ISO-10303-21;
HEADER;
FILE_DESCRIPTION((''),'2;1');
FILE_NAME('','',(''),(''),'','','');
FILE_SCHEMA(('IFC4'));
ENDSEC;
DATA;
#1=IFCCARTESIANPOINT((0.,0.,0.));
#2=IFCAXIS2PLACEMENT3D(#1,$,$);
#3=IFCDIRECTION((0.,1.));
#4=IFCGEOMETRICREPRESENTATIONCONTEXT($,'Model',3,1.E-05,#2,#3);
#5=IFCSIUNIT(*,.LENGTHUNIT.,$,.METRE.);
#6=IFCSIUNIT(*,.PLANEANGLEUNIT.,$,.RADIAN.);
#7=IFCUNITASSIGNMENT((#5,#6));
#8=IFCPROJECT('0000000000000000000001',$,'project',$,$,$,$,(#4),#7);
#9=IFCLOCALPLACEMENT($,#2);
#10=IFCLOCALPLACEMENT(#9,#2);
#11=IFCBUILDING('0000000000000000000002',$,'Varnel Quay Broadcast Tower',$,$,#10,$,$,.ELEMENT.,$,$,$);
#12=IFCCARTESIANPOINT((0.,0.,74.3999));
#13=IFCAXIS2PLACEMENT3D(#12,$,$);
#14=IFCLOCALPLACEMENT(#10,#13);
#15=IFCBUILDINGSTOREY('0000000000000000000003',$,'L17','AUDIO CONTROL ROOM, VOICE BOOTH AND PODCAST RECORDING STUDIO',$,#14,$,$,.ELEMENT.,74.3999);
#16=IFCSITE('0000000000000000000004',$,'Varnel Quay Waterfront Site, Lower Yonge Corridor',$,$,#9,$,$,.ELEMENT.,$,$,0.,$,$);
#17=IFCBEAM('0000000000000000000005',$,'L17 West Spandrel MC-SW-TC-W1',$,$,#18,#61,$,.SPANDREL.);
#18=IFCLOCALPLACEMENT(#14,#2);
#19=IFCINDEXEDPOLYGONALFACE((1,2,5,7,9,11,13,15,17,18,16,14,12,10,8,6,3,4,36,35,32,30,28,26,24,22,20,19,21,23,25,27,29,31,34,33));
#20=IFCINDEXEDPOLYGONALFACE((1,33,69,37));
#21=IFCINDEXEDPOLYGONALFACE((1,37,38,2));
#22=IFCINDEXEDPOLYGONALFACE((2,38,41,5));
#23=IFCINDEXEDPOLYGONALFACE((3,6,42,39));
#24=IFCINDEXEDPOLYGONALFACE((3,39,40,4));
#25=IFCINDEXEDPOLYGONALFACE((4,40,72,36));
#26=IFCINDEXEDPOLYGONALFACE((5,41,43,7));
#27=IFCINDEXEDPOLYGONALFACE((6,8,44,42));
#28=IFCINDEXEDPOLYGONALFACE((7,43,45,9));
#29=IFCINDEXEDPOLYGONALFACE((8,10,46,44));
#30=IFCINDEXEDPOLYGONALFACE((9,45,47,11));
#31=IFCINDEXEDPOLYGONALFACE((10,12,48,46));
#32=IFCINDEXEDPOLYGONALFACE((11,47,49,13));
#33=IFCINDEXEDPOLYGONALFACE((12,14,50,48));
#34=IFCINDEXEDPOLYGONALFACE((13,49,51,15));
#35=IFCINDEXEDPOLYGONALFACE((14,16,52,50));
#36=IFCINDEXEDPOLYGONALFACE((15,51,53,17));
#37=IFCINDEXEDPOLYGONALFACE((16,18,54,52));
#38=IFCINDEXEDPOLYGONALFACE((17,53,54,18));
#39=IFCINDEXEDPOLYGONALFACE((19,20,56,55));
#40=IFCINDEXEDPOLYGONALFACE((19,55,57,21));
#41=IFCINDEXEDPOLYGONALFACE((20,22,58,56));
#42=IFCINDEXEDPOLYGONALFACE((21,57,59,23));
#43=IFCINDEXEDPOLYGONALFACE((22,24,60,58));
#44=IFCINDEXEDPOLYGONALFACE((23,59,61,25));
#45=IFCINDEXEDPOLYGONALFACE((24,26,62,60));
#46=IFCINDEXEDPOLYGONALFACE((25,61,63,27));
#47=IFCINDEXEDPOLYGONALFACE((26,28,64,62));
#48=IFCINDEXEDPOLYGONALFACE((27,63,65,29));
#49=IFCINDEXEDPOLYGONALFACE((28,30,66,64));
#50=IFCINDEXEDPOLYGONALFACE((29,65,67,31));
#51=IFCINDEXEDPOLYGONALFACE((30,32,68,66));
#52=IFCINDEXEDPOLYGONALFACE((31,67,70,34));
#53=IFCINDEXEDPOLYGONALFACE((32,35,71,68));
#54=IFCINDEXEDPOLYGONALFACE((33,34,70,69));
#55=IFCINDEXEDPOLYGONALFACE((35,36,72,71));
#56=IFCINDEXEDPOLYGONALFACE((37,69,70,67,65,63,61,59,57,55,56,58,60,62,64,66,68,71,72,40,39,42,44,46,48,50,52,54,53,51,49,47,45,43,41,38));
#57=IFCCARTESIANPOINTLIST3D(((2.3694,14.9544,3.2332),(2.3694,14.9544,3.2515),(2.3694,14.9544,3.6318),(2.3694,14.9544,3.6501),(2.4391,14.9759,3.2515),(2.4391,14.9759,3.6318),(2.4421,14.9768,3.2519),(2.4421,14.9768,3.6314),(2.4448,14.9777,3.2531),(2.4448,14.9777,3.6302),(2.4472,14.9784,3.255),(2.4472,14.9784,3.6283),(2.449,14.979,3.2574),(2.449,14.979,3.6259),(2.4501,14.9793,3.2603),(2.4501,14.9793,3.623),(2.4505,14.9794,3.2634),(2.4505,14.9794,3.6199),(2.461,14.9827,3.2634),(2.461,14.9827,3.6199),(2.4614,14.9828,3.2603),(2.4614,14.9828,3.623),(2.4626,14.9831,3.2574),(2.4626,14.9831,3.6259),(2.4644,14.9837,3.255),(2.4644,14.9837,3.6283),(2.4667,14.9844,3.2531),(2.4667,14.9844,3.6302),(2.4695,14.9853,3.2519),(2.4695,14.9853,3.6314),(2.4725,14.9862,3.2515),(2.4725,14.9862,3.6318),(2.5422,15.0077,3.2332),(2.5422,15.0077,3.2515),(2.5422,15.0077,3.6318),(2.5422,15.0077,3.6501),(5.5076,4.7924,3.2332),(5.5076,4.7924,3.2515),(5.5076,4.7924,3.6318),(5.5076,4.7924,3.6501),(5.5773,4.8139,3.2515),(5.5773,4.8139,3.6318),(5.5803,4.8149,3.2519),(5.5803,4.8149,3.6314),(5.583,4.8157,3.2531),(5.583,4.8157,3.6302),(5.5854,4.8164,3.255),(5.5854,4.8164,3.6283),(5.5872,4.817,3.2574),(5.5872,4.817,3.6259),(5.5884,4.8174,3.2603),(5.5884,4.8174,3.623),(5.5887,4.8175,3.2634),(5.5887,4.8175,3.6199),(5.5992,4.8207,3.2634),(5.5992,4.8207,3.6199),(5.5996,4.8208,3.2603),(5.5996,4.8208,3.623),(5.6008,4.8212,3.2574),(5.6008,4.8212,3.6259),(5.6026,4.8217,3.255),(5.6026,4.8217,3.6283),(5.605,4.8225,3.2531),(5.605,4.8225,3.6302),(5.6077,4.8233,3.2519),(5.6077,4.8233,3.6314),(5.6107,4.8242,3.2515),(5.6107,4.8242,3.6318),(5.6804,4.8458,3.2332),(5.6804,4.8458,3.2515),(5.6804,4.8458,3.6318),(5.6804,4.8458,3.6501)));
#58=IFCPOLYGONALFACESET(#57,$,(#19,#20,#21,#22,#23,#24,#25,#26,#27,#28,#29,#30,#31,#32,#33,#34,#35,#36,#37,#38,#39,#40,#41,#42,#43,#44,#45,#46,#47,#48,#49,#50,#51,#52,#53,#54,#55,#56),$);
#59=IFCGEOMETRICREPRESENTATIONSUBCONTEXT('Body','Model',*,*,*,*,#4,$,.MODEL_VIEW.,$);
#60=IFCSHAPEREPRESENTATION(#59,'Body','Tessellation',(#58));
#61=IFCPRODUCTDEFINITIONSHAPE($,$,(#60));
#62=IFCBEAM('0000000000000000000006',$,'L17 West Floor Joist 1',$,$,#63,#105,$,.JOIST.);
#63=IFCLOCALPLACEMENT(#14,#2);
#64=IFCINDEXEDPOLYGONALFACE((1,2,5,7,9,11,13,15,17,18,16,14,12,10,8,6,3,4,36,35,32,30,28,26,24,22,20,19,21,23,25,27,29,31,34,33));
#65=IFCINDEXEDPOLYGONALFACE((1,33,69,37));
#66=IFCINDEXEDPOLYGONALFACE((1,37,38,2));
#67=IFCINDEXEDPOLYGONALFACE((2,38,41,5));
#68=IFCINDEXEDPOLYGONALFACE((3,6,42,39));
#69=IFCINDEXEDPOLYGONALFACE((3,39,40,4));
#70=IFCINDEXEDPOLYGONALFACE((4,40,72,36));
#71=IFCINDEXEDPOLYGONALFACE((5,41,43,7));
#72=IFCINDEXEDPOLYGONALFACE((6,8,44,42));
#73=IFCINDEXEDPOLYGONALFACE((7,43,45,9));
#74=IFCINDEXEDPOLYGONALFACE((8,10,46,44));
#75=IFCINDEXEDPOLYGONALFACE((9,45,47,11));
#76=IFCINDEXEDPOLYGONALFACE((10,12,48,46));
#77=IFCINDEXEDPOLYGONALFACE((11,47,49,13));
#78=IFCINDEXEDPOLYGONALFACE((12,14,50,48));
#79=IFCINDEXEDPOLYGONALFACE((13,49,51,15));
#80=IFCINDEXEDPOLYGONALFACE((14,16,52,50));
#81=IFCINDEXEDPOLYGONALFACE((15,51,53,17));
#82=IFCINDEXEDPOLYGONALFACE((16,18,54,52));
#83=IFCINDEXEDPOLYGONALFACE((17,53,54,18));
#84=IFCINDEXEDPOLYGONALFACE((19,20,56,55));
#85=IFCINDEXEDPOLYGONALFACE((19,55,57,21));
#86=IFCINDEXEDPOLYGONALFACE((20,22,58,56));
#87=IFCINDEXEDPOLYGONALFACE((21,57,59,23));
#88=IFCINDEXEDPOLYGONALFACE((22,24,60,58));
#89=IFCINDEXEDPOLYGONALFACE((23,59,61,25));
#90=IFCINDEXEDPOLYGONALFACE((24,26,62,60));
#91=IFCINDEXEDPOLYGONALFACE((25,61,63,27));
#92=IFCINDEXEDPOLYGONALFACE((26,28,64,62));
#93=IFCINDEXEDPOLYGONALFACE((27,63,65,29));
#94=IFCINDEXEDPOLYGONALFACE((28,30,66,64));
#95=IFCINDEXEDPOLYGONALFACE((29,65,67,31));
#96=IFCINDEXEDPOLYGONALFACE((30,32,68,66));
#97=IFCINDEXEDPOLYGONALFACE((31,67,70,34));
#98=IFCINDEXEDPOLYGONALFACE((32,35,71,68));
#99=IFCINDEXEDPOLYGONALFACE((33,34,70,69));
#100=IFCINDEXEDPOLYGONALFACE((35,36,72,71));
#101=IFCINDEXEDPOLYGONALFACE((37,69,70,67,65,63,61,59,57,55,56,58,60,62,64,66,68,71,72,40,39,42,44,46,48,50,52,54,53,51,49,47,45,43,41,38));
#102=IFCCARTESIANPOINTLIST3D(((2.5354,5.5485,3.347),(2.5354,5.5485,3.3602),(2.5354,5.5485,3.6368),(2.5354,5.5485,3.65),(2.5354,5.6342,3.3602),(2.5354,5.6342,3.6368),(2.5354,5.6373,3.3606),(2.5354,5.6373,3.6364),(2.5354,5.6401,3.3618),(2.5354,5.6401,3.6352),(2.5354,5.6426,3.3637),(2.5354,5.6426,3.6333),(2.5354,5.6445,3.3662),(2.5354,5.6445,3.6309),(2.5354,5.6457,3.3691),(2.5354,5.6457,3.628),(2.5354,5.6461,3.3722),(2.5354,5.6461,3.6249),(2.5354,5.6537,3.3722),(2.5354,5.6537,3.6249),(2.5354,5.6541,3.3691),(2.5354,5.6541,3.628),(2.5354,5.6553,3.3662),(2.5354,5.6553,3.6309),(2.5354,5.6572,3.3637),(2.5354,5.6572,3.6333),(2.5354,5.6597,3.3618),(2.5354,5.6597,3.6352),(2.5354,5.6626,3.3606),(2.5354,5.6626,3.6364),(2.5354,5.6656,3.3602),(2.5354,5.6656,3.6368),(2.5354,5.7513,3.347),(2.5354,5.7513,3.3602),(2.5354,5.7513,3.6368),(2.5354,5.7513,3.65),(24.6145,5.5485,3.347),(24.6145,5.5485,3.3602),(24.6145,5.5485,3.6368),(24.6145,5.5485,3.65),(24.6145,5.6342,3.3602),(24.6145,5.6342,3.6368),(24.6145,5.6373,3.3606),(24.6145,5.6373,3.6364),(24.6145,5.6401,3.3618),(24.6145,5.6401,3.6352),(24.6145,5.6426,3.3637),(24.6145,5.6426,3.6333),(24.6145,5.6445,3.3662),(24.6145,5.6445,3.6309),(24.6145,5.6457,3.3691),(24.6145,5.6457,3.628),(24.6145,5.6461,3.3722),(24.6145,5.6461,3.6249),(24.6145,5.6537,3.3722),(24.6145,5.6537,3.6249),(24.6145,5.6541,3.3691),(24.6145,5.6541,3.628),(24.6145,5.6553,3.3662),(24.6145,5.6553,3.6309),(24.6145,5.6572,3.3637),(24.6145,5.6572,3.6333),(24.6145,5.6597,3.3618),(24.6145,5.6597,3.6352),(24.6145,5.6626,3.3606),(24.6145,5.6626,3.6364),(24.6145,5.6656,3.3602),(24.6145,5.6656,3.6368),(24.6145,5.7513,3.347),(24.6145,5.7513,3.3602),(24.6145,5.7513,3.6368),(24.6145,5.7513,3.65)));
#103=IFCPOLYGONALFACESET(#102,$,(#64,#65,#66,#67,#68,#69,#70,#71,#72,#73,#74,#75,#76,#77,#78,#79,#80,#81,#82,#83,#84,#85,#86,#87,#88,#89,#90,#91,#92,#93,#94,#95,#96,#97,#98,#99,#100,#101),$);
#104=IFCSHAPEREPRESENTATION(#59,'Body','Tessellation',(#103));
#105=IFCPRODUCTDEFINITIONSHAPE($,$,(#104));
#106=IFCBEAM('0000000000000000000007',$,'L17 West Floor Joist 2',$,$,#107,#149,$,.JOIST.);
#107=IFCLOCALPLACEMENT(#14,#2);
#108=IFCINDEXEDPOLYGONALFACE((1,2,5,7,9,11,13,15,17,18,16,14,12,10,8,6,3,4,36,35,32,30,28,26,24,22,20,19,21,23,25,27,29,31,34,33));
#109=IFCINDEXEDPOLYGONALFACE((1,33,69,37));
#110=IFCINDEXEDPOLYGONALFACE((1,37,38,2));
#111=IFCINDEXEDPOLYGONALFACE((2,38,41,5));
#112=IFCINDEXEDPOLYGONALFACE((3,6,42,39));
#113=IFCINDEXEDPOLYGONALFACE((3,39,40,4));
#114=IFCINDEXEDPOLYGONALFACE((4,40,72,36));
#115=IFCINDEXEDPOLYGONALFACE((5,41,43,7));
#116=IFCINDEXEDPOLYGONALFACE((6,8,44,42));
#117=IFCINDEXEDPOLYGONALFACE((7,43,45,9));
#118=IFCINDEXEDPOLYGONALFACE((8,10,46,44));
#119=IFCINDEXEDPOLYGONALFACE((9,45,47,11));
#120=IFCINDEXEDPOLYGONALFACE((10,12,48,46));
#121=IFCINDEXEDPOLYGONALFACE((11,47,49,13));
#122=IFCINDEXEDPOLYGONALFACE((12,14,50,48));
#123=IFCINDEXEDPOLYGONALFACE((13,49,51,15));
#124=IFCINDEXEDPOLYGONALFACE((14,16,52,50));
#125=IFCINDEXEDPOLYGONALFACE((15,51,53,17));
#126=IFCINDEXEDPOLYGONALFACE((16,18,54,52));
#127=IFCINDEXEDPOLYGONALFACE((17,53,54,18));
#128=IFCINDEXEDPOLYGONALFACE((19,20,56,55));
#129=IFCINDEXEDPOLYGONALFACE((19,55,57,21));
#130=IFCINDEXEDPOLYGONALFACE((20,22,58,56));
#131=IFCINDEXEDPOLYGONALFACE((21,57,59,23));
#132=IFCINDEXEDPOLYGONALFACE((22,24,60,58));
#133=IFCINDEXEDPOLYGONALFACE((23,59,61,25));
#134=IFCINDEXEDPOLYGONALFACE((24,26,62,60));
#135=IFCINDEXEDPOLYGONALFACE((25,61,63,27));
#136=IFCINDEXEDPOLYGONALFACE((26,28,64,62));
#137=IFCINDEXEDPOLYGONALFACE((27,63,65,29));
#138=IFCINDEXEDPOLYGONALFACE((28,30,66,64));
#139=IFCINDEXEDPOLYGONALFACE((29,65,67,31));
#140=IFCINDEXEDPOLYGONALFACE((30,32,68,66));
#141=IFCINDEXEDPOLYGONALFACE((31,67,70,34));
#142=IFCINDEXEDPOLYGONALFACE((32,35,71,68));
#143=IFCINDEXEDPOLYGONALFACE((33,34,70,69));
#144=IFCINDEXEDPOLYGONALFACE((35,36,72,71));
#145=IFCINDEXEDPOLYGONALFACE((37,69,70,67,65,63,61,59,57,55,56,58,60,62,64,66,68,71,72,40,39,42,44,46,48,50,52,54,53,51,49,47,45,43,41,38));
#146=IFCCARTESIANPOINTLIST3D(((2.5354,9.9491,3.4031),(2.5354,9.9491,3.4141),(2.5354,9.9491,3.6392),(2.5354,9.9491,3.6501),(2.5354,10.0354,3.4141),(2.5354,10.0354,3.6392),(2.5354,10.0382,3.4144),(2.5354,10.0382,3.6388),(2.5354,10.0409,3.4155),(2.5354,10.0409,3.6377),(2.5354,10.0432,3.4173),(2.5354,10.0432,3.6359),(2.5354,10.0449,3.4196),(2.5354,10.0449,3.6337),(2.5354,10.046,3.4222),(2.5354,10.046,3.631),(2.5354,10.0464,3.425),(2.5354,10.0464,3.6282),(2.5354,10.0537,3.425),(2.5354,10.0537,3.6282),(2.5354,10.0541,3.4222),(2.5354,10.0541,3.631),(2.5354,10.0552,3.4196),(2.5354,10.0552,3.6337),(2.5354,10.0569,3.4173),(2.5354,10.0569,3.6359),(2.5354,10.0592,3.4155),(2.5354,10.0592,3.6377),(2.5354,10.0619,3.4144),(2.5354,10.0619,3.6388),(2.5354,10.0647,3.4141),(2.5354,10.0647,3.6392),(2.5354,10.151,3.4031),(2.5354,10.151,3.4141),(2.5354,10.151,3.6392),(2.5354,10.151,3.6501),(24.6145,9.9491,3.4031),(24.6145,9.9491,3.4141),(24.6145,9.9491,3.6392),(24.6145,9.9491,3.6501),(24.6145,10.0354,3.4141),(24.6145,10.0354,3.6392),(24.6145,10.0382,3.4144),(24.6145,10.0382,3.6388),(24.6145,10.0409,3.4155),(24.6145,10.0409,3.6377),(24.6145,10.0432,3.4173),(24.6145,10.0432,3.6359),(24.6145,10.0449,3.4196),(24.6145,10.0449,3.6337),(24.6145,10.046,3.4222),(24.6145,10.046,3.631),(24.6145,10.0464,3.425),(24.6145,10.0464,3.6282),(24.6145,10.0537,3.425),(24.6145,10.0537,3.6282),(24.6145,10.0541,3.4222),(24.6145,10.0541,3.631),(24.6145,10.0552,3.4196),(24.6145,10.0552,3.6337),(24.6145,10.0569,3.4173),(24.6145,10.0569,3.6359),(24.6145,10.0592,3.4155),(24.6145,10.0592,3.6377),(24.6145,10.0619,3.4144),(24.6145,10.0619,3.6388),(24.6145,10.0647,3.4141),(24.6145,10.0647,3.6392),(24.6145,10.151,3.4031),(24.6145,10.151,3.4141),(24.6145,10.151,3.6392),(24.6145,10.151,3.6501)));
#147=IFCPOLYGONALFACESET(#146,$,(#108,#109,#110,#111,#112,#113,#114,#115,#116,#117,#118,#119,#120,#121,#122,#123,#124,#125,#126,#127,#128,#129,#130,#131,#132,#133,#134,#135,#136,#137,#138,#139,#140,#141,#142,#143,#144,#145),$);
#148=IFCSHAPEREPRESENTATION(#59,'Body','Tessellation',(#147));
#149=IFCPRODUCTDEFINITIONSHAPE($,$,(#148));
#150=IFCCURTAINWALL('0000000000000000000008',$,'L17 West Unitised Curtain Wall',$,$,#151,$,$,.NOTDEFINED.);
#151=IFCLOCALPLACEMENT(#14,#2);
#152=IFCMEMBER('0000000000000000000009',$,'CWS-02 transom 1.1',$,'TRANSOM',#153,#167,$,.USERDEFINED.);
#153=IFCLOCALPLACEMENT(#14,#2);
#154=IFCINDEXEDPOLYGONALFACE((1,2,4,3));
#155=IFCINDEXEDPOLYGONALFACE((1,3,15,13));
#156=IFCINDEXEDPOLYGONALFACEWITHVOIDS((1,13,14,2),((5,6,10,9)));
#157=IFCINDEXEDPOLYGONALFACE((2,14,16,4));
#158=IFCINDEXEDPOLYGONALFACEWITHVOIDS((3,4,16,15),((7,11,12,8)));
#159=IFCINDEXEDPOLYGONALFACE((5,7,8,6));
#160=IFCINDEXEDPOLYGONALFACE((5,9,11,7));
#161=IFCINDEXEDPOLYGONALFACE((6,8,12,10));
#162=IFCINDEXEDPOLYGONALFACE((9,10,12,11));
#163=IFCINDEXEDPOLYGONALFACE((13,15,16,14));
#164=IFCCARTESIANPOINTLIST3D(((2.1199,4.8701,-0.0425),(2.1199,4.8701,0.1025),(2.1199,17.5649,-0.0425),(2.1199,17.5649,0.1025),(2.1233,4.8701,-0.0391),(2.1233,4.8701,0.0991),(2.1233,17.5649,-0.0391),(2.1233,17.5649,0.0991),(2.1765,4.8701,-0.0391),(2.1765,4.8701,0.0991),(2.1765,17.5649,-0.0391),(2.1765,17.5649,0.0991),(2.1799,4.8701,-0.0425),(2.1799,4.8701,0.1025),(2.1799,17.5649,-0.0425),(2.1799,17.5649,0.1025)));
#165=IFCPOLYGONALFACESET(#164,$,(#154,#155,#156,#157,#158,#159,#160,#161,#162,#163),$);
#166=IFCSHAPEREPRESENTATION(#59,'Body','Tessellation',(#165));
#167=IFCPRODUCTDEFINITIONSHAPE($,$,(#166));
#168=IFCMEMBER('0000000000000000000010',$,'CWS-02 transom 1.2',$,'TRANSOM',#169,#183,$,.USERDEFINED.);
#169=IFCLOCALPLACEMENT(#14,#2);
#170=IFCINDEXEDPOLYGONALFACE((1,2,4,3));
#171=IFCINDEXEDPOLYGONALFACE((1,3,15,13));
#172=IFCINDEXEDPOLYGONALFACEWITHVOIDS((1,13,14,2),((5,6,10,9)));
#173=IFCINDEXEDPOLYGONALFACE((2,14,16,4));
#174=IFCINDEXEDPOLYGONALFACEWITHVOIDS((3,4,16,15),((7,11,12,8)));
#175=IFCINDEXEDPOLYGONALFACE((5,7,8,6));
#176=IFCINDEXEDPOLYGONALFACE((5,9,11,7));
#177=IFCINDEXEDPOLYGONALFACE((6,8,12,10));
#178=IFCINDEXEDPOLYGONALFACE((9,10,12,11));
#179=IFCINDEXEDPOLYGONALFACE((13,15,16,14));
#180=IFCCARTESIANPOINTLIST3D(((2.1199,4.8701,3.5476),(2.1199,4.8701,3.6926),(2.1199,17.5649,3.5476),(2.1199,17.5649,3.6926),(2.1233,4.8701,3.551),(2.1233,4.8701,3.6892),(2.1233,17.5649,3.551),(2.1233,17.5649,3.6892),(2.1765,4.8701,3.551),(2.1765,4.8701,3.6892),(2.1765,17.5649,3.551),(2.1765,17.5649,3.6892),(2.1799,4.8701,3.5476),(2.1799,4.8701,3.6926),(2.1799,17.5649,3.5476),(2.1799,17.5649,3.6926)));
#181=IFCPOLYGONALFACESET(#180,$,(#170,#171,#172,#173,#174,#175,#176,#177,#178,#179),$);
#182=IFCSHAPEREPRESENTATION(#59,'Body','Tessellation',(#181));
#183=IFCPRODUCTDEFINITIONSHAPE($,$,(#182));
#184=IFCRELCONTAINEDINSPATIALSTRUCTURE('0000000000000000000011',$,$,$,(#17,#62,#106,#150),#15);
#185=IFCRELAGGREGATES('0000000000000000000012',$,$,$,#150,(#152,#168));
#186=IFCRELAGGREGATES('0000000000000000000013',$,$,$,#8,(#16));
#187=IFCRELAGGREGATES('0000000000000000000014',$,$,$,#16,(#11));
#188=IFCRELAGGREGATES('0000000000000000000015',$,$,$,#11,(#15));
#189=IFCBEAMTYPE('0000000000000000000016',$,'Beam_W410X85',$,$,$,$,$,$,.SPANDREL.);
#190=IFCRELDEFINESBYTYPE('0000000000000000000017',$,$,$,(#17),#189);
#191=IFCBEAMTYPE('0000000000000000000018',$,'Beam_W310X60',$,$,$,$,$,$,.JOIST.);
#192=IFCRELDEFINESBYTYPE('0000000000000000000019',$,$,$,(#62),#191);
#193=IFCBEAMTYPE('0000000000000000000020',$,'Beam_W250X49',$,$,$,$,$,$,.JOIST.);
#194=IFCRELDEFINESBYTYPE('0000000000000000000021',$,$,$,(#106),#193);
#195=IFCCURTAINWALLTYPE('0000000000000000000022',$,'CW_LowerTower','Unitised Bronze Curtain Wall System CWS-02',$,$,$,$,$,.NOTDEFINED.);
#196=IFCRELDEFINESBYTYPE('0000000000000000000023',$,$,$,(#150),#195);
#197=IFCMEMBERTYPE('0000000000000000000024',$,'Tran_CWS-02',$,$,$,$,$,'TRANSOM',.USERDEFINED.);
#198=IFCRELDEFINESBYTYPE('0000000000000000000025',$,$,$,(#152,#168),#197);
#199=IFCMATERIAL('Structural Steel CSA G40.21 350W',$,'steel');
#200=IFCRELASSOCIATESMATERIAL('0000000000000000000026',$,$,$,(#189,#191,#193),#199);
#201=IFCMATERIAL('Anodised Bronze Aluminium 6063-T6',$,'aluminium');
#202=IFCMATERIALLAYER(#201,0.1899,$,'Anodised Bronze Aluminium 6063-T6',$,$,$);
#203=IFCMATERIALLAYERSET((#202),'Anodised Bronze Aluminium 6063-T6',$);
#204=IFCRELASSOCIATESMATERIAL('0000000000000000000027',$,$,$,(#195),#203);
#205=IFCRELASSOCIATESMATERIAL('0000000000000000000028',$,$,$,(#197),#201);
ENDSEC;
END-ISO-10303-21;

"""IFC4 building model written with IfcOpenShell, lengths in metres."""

from ifc_helpers import new_model, si_unit, direction, frame, origin, origin_2d, place, context, subcontext, project, spatial, hollow_rectangle, i_section, extrude, source, transform, mapped, material, layer, layer_set, material_profile, profile_set, type_object, type_shapes, element, aggregate, save


model = new_model("IFC4")

# Units and contexts
model_context = context("Model", 3, precision=1e-05, world=origin(), true_north=direction((0.0, 1.0)))
body_context = subcontext(model_context, "Body", "Model", "MODEL_VIEW")
ifc_project = project(units=[si_unit("LENGTHUNIT", "METRE"), si_unit("PLANEANGLEUNIT", "RADIAN")], contexts=[model_context])

# Site, building, storey
site_placement = place(None, origin())
site = spatial("IfcSite", under=ifc_project, at=site_placement, Name="Varnel Quay Waterfront Site, Lower Yonge Corridor", CompositionType="ELEMENT", RefElevation=0.0)
building_placement = place(site_placement, origin())
building = spatial("IfcBuilding", under=site, at=building_placement, Name="Varnel Quay Broadcast Tower", CompositionType="ELEMENT")
storey_placement = place(building_placement, frame((0.0, 0.0, 74.3999)))
storey = spatial("IfcBuildingStorey", under=building, at=storey_placement, Name="L17", Description="AUDIO CONTROL ROOM, VOICE BOOTH AND PODCAST RECORDING STUDIO", CompositionType="ELEMENT", Elevation=74.3999)

# Beams
ifc_material_1 = material(Name="Structural Steel CSA G40.21 350W", Category="steel")
ifc_material_profile_1 = material_profile(ifc_material_1, i_section(OverallWidth=0.1809, OverallDepth=0.417, WebThickness=0.011, FlangeThickness=0.0183, FilletRadius=0.012, at=origin_2d()), Name="W410X85")
ifc_profile_set_1 = profile_set([ifc_material_profile_1], Name="Structural Steel CSA G40.21 350W")
beam_type_1 = type_object("IfcBeamType", Name="Beam_W410X85", PredefinedType="SPANDREL", material=ifc_profile_set_1)
shared_shape_1 = source(origin(), body_context, "Body", "SweptSolid", [
    extrude(i_section(OverallWidth=0.1809, OverallDepth=0.417, WebThickness=0.011, FlangeThickness=0.0183, FilletRadius=0.012, at=origin_2d()), origin(), (0.0, 0.0, 1.0), 10.6355),
])
type_shapes(beam_type_1, [shared_shape_1])
beam_1_placement = place(storey_placement, frame((5.594, 4.8191, 3.4417), z_axis=(-0.29507, 0.955476, 0.0), x_axis=(-0.955476, -0.29507, 0.0)))
element("IfcBeam", 1, at=beam_1_placement, inside=storey, type_object=beam_type_1, Name="L17 West Spandrel MC-SW-TC-W1", PredefinedType="SPANDREL", context=body_context, shape_type="MappedRepresentation", body=[
    mapped(shared_shape_1, transform((0.0, 0.0, 0.0), x_axis=(1.0, 0.0, 0.0), y_axis=(0.0, 1.0, 0.0), z_axis=(0.0, 0.0, 1.0), scale=1.0)),
])
ifc_material_profile_2 = material_profile(ifc_material_1, i_section(OverallWidth=0.2029, OverallDepth=0.303, WebThickness=0.0076, FlangeThickness=0.0132, FilletRadius=0.012, at=origin_2d()), Name="W310X60")
ifc_profile_set_2 = profile_set([ifc_material_profile_2], Name="Structural Steel CSA G40.21 350W")
beam_type_2 = type_object("IfcBeamType", Name="Beam_W310X60", PredefinedType="JOIST", material=ifc_profile_set_2)
shared_shape_2 = source(origin(), body_context, "Body", "SweptSolid", [
    extrude(i_section(OverallWidth=0.2029, OverallDepth=0.303, WebThickness=0.0076, FlangeThickness=0.0132, FilletRadius=0.012, at=origin_2d()), origin(), (0.0, 0.0, 1.0), 22.0791),
])
type_shapes(beam_type_2, [shared_shape_2])
beam_2_placement = place(storey_placement, frame((2.5354, 5.6499, 3.4985), z_axis=(1.0, 0.0, 0.0), x_axis=(0.0, 1.0, 0.0)))
element("IfcBeam", 2, at=beam_2_placement, inside=storey, type_object=beam_type_2, Name="L17 West Floor Joist 1", PredefinedType="JOIST", context=body_context, shape_type="MappedRepresentation", body=[
    mapped(shared_shape_2, transform((0.0, 0.0, 0.0), x_axis=(1.0, 0.0, 0.0), y_axis=(0.0, 1.0, 0.0), z_axis=(0.0, 0.0, 1.0), scale=1.0)),
])
ifc_material_profile_3 = material_profile(ifc_material_1, i_section(OverallWidth=0.2019, OverallDepth=0.2471, WebThickness=0.0073, FlangeThickness=0.011, FilletRadius=0.011, at=origin_2d()), Name="W250X49")
ifc_profile_set_3 = profile_set([ifc_material_profile_3], Name="Structural Steel CSA G40.21 350W")
beam_type_3 = type_object("IfcBeamType", Name="Beam_W250X49", PredefinedType="JOIST", material=ifc_profile_set_3)
shared_shape_3 = source(origin(), body_context, "Body", "SweptSolid", [
    extrude(i_section(OverallWidth=0.2019, OverallDepth=0.2471, WebThickness=0.0073, FlangeThickness=0.011, FilletRadius=0.011, at=origin_2d()), origin(), (0.0, 0.0, 1.0), 22.0791),
])
type_shapes(beam_type_3, [shared_shape_3])
beam_3_placement = place(storey_placement, frame((2.5354, 10.05, 3.5266), z_axis=(1.0, 0.0, 0.0), x_axis=(0.0, 1.0, 0.0)))
element("IfcBeam", 3, at=beam_3_placement, inside=storey, type_object=beam_type_3, Name="L17 West Floor Joist 2", PredefinedType="JOIST", context=body_context, shape_type="MappedRepresentation", body=[
    mapped(shared_shape_3, transform((0.0, 0.0, 0.0), x_axis=(1.0, 0.0, 0.0), y_axis=(0.0, 1.0, 0.0), z_axis=(0.0, 0.0, 1.0), scale=1.0)),
])

# Curtain wall, members
ifc_material_2 = material(Name="Anodised Bronze Aluminium 6063-T6", Category="aluminium")
ifc_layer_1 = layer(ifc_material_2, 0.1899, Name="Anodised Bronze Aluminium 6063-T6")
ifc_layer_set_1 = layer_set([ifc_layer_1], Name="Anodised Bronze Aluminium 6063-T6")
curtain_wall_type_1 = type_object("IfcCurtainWallType", Name="CW_LowerTower", Description="Unitised Bronze Curtain Wall System CWS-02", PredefinedType="NOTDEFINED", material=ifc_layer_set_1)
curtain_wall_1_placement = place(storey_placement, origin())
curtain_wall_1 = element("IfcCurtainWall", 4, at=curtain_wall_1_placement, inside=storey, type_object=curtain_wall_type_1, Name="L17 West Unitised Curtain Wall", PredefinedType="NOTDEFINED")
ifc_material_profile_4 = material_profile(ifc_material_2, hollow_rectangle(XDim=0.0601, YDim=0.145, WallThickness=0.0034, at=origin_2d()), Name="ALU60X145X3.5")
ifc_profile_set_4 = profile_set([ifc_material_profile_4], Name="Anodised Bronze Aluminium 6063-T6")
member_type_1 = type_object("IfcMemberType", Name="Tran_CWS-02", ElementType="TRANSOM", PredefinedType="USERDEFINED", material=ifc_profile_set_4)
shared_shape_4 = source(origin(), body_context, "Body", "SweptSolid", [
    extrude(hollow_rectangle(XDim=0.0601, YDim=0.145, WallThickness=0.0034, at=origin_2d()), origin(), (0.0, 0.0, 1.0), 12.6948),
])
type_shapes(member_type_1, [shared_shape_4])
member_1_placement = place(storey_placement, frame((2.1499, 4.8701, 0.03), z_axis=(0.0, 1.0, 0.0), x_axis=(-1.0, 0.0, 0.0)))
member_1 = element("IfcMember", 5, at=member_1_placement, type_object=member_type_1, Name="CWS-02 transom 1.1", ObjectType="TRANSOM", PredefinedType="USERDEFINED", context=body_context, shape_type="MappedRepresentation", body=[
    mapped(shared_shape_4, transform((0.0, 0.0, 0.0), x_axis=(1.0, 0.0, 0.0), y_axis=(0.0, 1.0, 0.0), z_axis=(0.0, 0.0, 1.0), scale=1.0)),
])
member_2_placement = place(storey_placement, frame((2.1499, 4.8701, 3.6201), z_axis=(0.0, 1.0, 0.0), x_axis=(-1.0, 0.0, 0.0)))
member_2 = element("IfcMember", 6, at=member_2_placement, type_object=member_type_1, Name="CWS-02 transom 1.2", ObjectType="TRANSOM", PredefinedType="USERDEFINED", context=body_context, shape_type="MappedRepresentation", body=[
    mapped(shared_shape_4, transform((0.0, 0.0, 0.0), x_axis=(1.0, 0.0, 0.0), y_axis=(0.0, 1.0, 0.0), z_axis=(0.0, 0.0, 1.0), scale=1.0)),
])

aggregate(curtain_wall_1, [member_1, member_2])

save(model, "model.ifc")
